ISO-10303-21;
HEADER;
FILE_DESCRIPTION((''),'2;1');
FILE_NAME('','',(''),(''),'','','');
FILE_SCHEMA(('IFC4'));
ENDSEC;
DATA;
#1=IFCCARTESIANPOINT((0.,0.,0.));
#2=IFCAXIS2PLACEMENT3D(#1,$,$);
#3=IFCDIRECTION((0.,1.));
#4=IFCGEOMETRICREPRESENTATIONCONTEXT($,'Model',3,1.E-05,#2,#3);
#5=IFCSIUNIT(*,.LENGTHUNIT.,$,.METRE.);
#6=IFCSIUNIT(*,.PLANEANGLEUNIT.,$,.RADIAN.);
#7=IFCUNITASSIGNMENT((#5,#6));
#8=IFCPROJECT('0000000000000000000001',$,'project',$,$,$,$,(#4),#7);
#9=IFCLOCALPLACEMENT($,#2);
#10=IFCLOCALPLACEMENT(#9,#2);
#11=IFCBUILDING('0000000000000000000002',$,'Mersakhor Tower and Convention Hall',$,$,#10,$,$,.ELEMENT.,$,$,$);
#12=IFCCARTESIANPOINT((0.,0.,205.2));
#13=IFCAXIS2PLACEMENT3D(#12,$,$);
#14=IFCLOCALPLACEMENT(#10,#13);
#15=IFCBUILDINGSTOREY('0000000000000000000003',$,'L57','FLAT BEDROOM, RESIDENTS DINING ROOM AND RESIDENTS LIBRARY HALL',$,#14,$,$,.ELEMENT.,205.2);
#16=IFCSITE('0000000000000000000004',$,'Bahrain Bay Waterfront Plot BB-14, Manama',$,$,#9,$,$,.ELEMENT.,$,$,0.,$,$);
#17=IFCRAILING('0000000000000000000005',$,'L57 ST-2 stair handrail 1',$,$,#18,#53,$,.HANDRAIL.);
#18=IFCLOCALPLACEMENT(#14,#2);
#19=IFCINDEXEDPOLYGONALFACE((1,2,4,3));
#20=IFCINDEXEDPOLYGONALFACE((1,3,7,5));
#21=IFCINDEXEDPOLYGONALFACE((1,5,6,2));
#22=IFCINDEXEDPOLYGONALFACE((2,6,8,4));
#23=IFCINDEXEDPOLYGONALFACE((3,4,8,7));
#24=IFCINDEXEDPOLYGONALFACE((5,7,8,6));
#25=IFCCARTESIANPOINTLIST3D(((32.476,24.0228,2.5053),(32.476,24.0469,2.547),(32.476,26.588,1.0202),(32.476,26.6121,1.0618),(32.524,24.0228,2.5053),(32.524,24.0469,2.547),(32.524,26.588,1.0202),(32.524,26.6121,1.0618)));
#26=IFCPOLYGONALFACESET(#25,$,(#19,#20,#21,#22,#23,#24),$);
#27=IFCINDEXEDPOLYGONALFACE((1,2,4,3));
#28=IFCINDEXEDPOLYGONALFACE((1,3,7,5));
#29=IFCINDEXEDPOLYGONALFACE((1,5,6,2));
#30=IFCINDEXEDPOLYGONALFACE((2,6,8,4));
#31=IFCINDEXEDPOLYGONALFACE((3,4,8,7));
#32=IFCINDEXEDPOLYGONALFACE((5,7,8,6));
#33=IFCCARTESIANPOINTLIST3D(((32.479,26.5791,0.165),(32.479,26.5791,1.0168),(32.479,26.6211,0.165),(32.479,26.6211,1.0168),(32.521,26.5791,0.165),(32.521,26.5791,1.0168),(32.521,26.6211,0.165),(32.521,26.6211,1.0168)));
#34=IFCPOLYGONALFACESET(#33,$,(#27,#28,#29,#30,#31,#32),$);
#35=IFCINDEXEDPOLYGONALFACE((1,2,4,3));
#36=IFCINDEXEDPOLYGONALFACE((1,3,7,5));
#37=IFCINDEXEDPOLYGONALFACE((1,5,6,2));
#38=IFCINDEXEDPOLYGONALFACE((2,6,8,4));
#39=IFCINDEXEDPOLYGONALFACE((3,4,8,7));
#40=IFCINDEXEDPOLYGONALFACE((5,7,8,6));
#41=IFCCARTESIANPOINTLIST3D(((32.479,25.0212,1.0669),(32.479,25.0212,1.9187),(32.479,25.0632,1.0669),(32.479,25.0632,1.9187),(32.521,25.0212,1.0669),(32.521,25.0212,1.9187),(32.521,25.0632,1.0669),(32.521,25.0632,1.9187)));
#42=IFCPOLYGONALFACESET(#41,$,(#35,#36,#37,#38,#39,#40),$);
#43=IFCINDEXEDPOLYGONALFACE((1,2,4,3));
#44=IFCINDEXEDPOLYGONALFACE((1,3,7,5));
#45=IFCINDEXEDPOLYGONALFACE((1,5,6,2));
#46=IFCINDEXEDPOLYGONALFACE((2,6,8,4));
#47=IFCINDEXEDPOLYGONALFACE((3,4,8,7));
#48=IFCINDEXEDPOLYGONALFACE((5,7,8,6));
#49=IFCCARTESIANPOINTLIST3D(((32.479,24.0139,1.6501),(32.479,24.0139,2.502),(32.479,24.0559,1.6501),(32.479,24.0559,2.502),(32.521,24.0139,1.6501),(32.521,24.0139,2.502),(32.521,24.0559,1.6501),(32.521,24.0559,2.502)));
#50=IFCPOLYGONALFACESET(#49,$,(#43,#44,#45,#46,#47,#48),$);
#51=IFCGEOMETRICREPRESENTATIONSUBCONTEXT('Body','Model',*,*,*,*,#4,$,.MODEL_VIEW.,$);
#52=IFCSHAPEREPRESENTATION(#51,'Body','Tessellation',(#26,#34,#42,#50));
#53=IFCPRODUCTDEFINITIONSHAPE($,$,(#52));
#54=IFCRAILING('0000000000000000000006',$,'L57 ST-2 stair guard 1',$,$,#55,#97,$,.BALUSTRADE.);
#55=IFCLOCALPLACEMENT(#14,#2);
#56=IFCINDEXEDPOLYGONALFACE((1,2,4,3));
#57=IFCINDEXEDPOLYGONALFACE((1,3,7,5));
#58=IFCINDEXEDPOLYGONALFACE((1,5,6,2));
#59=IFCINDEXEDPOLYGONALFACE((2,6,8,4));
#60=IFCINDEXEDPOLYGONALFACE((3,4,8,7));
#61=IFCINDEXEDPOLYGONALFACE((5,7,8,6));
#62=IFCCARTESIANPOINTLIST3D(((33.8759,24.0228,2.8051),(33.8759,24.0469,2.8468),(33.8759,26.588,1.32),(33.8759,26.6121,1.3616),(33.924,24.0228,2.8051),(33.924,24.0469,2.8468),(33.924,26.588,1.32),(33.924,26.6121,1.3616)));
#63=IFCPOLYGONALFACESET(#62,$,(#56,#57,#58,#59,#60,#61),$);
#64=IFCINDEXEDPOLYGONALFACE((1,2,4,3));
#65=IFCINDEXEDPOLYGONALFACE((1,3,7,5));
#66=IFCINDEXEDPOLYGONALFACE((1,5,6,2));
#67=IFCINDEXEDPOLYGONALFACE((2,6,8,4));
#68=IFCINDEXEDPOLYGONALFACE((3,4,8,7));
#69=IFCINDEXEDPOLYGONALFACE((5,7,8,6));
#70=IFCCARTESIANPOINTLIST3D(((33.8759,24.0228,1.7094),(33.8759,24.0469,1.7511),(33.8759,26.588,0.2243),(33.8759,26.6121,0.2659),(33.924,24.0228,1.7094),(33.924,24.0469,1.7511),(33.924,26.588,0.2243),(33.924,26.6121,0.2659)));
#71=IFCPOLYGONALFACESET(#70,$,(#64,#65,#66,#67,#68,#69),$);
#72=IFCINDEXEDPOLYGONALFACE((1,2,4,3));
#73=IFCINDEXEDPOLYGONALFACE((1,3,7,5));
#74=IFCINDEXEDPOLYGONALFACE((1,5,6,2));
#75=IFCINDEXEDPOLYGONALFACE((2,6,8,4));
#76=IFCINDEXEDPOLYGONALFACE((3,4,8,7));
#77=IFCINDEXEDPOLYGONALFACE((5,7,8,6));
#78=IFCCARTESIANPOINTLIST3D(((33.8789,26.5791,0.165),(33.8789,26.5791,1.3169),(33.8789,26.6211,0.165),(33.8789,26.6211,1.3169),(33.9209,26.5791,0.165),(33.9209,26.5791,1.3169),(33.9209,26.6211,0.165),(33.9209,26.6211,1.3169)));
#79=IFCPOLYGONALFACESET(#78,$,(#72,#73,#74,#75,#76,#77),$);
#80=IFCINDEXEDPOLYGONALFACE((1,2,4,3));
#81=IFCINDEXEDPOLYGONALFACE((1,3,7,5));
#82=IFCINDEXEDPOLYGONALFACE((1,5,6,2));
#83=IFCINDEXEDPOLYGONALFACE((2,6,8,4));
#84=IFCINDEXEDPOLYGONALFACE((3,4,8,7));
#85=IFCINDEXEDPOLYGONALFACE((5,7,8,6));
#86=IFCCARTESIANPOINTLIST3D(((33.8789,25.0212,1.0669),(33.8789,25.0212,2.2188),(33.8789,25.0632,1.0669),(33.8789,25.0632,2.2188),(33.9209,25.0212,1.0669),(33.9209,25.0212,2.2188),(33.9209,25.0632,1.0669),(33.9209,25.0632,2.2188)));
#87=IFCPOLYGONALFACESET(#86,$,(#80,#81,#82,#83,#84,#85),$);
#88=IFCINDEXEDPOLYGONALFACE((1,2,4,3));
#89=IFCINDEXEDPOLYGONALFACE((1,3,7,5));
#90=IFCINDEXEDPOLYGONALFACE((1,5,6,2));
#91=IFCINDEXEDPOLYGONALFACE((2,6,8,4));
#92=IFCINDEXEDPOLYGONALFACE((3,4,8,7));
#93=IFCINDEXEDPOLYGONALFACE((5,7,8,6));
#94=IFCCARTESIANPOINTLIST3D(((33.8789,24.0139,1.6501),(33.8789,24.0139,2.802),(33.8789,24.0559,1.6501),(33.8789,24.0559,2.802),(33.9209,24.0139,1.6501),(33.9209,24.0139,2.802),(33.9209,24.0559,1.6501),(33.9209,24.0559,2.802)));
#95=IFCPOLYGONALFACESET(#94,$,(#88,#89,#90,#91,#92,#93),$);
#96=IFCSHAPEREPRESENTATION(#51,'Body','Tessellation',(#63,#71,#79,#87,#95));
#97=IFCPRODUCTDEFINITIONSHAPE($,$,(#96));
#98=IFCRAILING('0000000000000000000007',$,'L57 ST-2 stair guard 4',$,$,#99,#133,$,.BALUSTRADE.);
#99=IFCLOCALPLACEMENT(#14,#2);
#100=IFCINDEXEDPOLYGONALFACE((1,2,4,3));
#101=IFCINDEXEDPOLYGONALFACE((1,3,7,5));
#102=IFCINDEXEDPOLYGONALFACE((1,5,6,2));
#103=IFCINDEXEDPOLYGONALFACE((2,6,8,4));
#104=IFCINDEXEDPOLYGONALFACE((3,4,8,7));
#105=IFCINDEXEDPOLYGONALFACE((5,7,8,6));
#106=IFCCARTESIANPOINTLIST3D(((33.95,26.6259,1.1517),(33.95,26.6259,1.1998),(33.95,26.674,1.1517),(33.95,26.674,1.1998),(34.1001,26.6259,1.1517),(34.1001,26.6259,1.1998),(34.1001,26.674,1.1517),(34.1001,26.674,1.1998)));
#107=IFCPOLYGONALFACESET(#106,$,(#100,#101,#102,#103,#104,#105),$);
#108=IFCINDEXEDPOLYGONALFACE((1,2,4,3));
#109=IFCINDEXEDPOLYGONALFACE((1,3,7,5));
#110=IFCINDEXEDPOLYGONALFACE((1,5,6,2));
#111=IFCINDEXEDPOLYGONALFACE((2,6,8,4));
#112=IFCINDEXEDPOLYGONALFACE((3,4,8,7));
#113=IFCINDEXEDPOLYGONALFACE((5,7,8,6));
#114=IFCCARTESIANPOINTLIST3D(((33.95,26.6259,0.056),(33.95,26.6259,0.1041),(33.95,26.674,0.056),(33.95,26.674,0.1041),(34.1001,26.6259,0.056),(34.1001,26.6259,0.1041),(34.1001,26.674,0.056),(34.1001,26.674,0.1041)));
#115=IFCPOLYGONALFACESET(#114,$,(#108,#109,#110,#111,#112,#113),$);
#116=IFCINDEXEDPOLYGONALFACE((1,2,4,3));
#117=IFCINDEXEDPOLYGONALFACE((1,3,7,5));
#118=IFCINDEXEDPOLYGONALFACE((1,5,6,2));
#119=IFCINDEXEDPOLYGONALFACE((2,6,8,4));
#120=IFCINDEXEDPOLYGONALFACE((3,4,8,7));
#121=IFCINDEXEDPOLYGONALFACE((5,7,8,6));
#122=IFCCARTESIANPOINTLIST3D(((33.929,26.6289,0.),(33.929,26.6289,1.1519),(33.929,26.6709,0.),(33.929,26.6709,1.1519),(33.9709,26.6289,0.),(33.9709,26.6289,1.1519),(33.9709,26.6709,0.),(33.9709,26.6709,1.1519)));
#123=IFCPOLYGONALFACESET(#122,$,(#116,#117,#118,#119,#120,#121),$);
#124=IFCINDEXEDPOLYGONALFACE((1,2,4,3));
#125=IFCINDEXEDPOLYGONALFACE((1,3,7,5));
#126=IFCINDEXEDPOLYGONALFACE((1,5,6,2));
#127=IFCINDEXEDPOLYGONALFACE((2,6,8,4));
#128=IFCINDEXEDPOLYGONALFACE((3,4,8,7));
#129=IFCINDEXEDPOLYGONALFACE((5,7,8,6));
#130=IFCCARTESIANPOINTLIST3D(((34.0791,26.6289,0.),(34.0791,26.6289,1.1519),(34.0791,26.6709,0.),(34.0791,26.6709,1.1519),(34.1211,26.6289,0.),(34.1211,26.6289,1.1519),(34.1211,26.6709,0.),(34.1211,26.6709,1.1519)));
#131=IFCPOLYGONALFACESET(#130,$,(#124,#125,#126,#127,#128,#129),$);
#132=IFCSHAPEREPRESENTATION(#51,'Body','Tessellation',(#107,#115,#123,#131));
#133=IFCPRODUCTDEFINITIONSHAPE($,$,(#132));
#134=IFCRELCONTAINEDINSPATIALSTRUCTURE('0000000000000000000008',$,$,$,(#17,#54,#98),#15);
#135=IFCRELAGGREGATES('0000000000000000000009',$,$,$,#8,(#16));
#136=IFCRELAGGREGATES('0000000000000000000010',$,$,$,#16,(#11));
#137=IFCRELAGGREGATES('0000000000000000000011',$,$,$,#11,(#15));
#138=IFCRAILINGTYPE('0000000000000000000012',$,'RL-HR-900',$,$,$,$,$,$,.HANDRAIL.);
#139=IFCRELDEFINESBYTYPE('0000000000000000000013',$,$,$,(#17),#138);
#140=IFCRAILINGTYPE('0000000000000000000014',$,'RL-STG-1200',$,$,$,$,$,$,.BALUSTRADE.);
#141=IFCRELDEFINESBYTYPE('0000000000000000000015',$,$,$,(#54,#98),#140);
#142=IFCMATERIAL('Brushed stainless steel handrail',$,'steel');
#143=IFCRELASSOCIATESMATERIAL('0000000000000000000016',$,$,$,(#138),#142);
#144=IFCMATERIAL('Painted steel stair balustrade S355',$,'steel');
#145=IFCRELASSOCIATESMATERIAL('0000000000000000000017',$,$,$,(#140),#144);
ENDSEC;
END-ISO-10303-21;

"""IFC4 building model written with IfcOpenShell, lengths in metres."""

from ifc_helpers import new_model, si_unit, direction, frame, origin, origin_2d, place, context, subcontext, project, spatial, rectangle, extrude, material, type_object, element, save


model = new_model("IFC4")

# Units and contexts
model_context = context("Model", 3, precision=1e-05, world=origin(), true_north=direction((0.0, 1.0)))
body_context = subcontext(model_context, "Body", "Model", "MODEL_VIEW")
ifc_project = project(units=[si_unit("LENGTHUNIT", "METRE"), si_unit("PLANEANGLEUNIT", "RADIAN")], contexts=[model_context])

# Site, building, storey
site_placement = place(None, origin())
site = spatial("IfcSite", under=ifc_project, at=site_placement, Name="Bahrain Bay Waterfront Plot BB-14, Manama", CompositionType="ELEMENT", RefElevation=0.0)
building_placement = place(site_placement, origin())
building = spatial("IfcBuilding", under=site, at=building_placement, Name="Mersakhor Tower and Convention Hall", CompositionType="ELEMENT")
storey_placement = place(building_placement, frame((0.0, 0.0, 205.2)))
storey = spatial("IfcBuildingStorey", under=building, at=storey_placement, Name="L57", Description="FLAT BEDROOM, RESIDENTS DINING ROOM AND RESIDENTS LIBRARY HALL", CompositionType="ELEMENT", Elevation=205.2)

# Railings
ifc_material_1 = material(Name="Brushed stainless steel handrail", Category="steel")
railing_type_1 = type_object("IfcRailingType", Name="RL-HR-900", PredefinedType="HANDRAIL", material=ifc_material_1)
railing_1_placement = place(storey_placement, frame((32.5, 26.6001, 0.165)))
element("IfcRailing", 1, at=railing_1_placement, inside=storey, type_object=railing_type_1, Name="L57 ST-2 stair handrail 1", PredefinedType="HANDRAIL", context=body_context, shape_type="SweptSolid", body=[
    extrude(rectangle(XDim=0.0481, YDim=0.0481, at=origin_2d()), frame((0.0, 0.0, 0.876), z_axis=(0.0, -0.865426, 0.501036), x_axis=(1.0, 0.0, 0.0)), (0.0, 0.0, 1.0), 2.9641),
    extrude(rectangle(XDim=0.042, YDim=0.042, at=origin_2d()), origin(), (0.0, 0.0, 1.0), 0.8518),
    extrude(rectangle(XDim=0.042, YDim=0.042, at=origin_2d()), frame((0.0, -1.5579, 0.9019)), (0.0, 0.0, 1.0), 0.8518),
    extrude(rectangle(XDim=0.042, YDim=0.042, at=origin_2d()), frame((0.0, -2.5652, 1.4851)), (0.0, 0.0, 1.0), 0.8518),
])
ifc_material_2 = material(Name="Painted steel stair balustrade S355", Category="steel")
railing_type_2 = type_object("IfcRailingType", Name="RL-STG-1200", PredefinedType="BALUSTRADE", material=ifc_material_2)
railing_2_placement = place(storey_placement, frame((33.8999, 26.6001, 0.165)))
element("IfcRailing", 2, at=railing_2_placement, inside=storey, type_object=railing_type_2, Name="L57 ST-2 stair guard 1", PredefinedType="BALUSTRADE", context=body_context, shape_type="SweptSolid", body=[
    extrude(rectangle(XDim=0.0481, YDim=0.0481, at=origin_2d()), frame((0.0, 0.0, 1.1758), z_axis=(0.0, -0.865426, 0.501036), x_axis=(1.0, 0.0, 0.0)), (0.0, 0.0, 1.0), 2.9641),
    extrude(rectangle(XDim=0.0481, YDim=0.0481, at=origin_2d()), frame((0.0, 0.0, 0.0801), z_axis=(0.0, -0.865426, 0.501036), x_axis=(1.0, 0.0, 0.0)), (0.0, 0.0, 1.0), 2.9641),
    extrude(rectangle(XDim=0.042, YDim=0.042, at=origin_2d()), origin(), (0.0, 0.0, 1.0), 1.1519),
    extrude(rectangle(XDim=0.042, YDim=0.042, at=origin_2d()), frame((0.0, -1.5579, 0.9019)), (0.0, 0.0, 1.0), 1.1519),
    extrude(rectangle(XDim=0.042, YDim=0.042, at=origin_2d()), frame((0.0, -2.5652, 1.4851)), (0.0, 0.0, 1.0), 1.1519),
])
railing_3_placement = place(storey_placement, frame((33.95, 26.6499, 0.0)))
element("IfcRailing", 3, at=railing_3_placement, inside=storey, type_object=railing_type_2, Name="L57 ST-2 stair guard 4", PredefinedType="BALUSTRADE", context=body_context, shape_type="SweptSolid", body=[
    extrude(rectangle(XDim=0.0481, YDim=0.0481, at=origin_2d()), frame((0.0, 0.0, 1.1758), z_axis=(1.0, 0.0, 0.0), x_axis=(0.0, 1.0, 0.0)), (0.0, 0.0, 1.0), 0.1501),
    extrude(rectangle(XDim=0.0481, YDim=0.0481, at=origin_2d()), frame((0.0, 0.0, 0.0801), z_axis=(1.0, 0.0, 0.0), x_axis=(0.0, 1.0, 0.0)), (0.0, 0.0, 1.0), 0.1501),
    extrude(rectangle(XDim=0.042, YDim=0.042, at=origin_2d()), origin(), (0.0, 0.0, 1.0), 1.1519),
    extrude(rectangle(XDim=0.042, YDim=0.042, at=origin_2d()), frame((0.1501, 0.0, 0.0)), (0.0, 0.0, 1.0), 1.1519),
])

save(model, "model.ifc")
